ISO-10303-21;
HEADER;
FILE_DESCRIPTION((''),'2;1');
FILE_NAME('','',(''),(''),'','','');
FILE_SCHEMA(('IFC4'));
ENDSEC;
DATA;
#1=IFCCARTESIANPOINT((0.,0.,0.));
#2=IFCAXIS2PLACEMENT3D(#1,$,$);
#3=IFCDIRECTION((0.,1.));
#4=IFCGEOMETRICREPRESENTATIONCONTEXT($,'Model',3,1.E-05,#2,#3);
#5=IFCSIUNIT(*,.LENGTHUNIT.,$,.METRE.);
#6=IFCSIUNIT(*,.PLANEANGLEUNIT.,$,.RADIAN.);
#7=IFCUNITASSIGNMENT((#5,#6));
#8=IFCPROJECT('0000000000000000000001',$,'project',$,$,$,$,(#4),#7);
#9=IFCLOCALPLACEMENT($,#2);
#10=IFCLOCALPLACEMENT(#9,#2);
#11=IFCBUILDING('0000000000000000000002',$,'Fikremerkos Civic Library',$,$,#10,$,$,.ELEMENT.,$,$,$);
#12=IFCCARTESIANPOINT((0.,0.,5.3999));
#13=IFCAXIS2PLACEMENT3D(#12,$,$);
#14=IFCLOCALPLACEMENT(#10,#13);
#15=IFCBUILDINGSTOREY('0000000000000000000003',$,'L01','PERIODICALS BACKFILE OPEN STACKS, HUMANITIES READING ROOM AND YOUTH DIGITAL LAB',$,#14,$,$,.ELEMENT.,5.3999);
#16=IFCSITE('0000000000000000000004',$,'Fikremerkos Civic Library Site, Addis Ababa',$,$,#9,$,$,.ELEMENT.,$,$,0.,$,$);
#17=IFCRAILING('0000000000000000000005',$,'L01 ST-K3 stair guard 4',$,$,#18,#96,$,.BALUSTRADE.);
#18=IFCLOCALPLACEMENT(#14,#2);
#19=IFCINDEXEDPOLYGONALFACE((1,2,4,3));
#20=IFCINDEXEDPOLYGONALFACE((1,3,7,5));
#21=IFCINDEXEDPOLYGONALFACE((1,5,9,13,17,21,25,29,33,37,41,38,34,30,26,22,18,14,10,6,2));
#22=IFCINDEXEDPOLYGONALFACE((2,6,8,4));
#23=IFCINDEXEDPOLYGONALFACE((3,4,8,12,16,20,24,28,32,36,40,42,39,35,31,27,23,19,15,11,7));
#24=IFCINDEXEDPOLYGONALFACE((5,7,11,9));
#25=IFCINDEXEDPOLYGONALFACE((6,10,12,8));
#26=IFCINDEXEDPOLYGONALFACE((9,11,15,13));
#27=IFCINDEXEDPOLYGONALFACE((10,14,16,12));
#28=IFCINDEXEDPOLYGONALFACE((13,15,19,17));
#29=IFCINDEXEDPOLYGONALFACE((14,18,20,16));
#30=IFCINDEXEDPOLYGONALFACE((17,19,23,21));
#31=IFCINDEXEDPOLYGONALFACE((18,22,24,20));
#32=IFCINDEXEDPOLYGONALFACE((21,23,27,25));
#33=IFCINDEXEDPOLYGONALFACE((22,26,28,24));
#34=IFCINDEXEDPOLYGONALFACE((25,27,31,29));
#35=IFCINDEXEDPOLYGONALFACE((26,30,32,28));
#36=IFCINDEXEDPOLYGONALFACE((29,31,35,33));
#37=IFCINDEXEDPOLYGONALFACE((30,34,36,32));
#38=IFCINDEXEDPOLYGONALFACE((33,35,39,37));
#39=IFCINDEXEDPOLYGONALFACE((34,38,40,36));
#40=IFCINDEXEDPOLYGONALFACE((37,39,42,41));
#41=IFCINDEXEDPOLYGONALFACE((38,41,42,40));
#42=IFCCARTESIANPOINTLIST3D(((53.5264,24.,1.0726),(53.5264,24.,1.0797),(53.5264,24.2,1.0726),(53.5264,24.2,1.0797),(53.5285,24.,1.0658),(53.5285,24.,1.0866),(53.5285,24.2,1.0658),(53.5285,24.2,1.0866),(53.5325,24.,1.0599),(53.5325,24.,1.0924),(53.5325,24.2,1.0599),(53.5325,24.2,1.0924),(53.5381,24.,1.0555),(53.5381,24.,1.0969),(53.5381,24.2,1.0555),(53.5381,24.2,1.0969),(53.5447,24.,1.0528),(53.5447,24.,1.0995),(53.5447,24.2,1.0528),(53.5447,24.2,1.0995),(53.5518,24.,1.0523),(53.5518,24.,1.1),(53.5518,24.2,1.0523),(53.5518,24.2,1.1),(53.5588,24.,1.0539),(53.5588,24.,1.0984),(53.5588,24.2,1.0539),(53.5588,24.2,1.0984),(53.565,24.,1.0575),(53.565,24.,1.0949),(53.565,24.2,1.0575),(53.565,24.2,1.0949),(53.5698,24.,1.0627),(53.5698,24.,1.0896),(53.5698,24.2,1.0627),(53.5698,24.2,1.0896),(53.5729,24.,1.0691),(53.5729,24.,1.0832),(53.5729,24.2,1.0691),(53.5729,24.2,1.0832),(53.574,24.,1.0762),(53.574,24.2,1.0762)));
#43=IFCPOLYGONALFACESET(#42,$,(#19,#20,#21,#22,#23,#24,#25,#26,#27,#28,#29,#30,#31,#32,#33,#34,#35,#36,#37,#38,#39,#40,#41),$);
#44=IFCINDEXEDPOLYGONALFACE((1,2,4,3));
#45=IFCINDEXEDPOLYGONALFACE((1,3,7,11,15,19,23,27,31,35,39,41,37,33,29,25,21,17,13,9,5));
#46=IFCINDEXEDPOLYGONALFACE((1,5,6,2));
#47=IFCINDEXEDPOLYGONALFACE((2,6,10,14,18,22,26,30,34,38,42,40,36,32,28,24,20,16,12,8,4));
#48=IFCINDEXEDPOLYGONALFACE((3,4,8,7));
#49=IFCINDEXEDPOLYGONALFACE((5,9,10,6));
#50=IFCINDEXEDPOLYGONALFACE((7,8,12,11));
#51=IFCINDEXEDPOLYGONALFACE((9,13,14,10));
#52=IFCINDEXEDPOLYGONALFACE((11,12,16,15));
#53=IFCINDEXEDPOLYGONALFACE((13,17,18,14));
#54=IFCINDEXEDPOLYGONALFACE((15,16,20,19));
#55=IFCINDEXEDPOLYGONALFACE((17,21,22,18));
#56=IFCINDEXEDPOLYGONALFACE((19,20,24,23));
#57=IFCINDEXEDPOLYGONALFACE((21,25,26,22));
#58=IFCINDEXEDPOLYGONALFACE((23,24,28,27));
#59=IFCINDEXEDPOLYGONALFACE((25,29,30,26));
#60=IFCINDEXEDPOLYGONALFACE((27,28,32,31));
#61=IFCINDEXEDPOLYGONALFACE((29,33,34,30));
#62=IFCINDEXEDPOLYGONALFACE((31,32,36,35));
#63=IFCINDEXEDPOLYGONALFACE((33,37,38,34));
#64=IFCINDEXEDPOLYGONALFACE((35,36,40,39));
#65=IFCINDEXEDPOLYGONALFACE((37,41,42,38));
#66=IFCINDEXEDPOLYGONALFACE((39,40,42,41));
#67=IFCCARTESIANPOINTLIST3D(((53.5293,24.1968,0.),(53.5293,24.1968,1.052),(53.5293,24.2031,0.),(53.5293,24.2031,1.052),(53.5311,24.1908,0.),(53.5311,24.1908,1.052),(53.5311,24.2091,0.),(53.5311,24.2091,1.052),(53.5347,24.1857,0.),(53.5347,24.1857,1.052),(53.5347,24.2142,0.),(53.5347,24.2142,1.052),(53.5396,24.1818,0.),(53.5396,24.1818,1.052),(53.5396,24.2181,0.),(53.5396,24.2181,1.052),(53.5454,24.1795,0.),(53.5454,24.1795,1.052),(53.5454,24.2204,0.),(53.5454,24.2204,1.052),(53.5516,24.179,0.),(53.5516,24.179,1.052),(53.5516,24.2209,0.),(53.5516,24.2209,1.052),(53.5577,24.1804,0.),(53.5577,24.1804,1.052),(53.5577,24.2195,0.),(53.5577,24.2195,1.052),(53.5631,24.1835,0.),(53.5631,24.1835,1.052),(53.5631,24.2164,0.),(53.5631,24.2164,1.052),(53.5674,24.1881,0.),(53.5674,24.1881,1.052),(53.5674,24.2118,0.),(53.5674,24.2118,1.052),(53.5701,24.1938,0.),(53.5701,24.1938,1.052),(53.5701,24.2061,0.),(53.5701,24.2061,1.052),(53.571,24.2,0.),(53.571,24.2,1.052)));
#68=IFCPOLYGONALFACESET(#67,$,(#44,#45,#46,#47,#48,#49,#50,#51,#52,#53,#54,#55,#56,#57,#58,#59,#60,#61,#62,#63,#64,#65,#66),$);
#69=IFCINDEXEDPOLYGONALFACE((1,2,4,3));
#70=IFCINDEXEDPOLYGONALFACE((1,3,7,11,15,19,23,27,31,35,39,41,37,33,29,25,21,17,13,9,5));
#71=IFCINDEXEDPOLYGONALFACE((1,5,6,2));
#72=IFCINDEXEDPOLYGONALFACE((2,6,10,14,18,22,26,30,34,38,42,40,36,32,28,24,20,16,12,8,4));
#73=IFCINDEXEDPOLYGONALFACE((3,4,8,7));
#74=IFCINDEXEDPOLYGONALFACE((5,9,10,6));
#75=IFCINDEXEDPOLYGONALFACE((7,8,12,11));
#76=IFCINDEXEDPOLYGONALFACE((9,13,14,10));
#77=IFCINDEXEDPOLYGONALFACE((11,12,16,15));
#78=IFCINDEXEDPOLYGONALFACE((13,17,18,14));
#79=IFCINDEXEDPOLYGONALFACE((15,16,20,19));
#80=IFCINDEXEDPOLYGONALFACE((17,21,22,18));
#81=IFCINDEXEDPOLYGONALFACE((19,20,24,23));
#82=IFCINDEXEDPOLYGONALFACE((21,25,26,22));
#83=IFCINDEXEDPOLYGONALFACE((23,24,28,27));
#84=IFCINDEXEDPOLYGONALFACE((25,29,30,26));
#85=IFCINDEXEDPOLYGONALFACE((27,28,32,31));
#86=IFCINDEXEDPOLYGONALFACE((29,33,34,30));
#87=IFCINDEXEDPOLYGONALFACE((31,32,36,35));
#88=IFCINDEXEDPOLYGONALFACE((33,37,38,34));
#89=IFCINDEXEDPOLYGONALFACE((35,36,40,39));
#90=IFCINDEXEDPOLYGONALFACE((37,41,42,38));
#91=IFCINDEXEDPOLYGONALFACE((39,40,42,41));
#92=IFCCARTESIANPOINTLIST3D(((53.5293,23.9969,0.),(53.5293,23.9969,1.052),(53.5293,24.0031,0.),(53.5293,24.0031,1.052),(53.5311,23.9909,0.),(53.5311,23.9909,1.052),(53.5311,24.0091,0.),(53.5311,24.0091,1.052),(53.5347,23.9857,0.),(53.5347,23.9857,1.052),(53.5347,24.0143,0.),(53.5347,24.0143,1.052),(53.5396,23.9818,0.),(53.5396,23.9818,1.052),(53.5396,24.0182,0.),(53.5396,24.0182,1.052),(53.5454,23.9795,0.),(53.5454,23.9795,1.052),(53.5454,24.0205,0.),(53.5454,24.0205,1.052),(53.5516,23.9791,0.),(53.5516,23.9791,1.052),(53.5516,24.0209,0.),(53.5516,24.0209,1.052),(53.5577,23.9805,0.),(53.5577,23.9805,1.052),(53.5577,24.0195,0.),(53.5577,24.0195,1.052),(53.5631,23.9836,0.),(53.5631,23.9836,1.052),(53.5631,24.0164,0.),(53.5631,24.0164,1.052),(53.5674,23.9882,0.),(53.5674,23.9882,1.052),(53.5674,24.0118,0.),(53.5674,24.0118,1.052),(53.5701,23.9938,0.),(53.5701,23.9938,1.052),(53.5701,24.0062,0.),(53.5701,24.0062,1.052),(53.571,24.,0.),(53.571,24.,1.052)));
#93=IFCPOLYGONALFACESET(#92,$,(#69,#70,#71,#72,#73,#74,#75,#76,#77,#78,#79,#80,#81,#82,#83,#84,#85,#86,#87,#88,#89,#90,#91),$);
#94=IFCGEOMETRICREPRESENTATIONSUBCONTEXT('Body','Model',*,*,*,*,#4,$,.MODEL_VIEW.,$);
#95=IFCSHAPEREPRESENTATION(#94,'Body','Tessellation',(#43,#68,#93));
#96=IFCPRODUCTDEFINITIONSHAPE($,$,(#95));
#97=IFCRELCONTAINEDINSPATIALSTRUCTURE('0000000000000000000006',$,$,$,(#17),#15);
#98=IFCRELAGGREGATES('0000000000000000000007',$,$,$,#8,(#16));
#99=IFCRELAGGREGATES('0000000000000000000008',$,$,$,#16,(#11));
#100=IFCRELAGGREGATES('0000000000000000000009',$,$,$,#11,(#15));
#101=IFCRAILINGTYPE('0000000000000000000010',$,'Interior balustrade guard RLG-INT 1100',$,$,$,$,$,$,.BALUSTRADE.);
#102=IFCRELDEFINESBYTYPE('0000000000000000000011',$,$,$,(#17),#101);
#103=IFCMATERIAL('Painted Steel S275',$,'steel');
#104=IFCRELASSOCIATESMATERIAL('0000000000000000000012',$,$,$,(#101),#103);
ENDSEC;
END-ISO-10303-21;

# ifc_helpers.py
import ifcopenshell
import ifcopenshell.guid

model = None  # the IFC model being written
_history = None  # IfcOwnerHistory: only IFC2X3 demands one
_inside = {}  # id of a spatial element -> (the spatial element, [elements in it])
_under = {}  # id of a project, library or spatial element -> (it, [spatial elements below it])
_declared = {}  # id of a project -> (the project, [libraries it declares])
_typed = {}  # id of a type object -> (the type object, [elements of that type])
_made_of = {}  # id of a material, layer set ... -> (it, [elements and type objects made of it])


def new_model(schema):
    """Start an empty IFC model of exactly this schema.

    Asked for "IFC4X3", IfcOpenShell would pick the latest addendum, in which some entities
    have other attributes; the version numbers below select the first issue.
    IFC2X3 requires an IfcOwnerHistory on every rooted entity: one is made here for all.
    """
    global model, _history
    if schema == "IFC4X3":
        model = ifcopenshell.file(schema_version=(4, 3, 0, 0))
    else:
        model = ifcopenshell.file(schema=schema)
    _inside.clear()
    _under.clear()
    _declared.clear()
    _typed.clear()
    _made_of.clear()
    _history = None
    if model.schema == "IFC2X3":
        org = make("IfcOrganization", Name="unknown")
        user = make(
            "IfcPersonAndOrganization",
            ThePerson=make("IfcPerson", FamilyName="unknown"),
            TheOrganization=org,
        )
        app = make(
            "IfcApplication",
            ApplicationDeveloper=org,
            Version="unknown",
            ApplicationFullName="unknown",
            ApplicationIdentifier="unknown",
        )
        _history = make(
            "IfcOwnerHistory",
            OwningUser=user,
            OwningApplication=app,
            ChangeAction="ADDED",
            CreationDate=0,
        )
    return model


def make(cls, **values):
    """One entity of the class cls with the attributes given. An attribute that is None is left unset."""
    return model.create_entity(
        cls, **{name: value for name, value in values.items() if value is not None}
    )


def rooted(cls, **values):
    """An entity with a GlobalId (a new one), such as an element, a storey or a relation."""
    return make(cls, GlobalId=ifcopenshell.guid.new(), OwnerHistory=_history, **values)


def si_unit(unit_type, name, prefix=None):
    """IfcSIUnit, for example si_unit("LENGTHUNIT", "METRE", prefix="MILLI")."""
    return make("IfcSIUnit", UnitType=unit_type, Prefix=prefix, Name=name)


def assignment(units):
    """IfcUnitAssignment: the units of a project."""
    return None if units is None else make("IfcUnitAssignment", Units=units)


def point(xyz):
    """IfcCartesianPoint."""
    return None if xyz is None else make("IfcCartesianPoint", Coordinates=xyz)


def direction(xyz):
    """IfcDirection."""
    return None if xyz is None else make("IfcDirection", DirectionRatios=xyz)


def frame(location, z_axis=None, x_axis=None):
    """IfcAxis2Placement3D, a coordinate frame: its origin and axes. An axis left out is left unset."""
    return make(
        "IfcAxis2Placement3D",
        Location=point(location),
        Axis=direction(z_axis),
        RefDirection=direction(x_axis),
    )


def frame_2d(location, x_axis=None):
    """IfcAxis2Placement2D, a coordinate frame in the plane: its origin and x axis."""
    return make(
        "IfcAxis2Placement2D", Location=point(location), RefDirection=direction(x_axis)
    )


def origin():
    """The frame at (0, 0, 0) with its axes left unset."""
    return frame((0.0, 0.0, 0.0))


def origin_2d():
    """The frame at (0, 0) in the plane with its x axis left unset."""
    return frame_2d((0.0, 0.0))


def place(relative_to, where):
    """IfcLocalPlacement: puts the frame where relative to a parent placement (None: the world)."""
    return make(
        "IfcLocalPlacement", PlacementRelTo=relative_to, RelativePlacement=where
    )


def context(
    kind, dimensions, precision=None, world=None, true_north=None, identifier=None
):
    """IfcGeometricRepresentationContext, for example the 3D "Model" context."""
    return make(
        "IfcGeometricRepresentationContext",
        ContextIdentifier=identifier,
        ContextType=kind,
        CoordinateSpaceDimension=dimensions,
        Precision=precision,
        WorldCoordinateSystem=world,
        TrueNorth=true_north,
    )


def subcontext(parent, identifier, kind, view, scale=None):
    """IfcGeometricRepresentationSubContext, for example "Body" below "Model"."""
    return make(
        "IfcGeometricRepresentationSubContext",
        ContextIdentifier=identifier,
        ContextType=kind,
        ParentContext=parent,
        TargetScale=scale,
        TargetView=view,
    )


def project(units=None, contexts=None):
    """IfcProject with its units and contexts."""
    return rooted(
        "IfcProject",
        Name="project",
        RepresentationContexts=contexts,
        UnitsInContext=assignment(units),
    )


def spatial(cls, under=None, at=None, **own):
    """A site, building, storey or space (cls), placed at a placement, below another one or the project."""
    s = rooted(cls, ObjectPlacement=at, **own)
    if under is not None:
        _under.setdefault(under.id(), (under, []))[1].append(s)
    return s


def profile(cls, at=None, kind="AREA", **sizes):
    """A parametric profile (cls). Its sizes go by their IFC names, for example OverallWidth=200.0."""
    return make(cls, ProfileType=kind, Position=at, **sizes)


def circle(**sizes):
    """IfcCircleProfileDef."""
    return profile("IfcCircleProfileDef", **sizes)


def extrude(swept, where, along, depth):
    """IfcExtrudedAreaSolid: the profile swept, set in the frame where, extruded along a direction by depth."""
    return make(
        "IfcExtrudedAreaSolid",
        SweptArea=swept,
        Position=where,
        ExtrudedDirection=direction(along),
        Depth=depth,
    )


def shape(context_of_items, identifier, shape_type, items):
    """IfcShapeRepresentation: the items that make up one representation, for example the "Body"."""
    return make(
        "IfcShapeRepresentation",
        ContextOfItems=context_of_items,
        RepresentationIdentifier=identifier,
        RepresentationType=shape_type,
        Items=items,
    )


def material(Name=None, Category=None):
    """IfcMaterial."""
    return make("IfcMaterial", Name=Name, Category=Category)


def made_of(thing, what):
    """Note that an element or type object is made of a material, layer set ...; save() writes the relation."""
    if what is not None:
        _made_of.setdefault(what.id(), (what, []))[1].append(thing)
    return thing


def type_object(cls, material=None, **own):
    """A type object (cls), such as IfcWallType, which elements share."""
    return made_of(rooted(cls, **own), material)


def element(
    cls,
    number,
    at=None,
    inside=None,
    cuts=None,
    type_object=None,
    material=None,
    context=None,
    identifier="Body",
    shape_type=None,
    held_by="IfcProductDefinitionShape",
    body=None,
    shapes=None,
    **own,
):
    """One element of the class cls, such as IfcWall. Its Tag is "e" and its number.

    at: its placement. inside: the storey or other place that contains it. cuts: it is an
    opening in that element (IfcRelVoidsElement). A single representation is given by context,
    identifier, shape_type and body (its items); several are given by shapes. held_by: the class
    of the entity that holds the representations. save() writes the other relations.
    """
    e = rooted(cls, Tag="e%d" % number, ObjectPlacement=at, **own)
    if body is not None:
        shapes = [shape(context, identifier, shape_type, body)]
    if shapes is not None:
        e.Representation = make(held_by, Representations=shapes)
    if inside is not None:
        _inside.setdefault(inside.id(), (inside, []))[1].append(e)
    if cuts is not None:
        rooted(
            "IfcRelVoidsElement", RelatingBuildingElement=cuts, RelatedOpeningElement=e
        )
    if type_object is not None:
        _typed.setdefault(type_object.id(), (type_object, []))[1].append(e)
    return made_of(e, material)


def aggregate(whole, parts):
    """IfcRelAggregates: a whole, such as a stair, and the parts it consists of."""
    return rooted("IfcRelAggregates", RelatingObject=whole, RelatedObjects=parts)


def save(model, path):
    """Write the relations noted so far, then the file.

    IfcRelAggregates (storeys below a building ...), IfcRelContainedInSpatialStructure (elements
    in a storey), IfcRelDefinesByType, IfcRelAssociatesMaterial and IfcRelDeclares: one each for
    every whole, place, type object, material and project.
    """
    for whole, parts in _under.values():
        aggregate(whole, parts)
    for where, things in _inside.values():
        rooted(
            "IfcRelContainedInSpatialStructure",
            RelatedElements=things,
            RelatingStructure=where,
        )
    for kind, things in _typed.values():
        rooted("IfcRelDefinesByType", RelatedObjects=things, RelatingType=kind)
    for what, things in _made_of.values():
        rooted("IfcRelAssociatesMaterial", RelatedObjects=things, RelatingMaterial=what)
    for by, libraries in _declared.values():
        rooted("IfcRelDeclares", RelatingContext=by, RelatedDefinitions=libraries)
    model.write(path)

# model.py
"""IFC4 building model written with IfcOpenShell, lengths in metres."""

from ifc_helpers import new_model, si_unit, direction, frame, origin, origin_2d, place, context, subcontext, project, spatial, circle, extrude, material, type_object, element, save


model = new_model("IFC4")

# Units and contexts
model_context = context("Model", 3, precision=1e-05, world=origin(), true_north=direction((0.0, 1.0)))
body_context = subcontext(model_context, "Body", "Model", "MODEL_VIEW")
ifc_project = project(units=[si_unit("LENGTHUNIT", "METRE"), si_unit("PLANEANGLEUNIT", "RADIAN")], contexts=[model_context])

# Site, building, storey
site_placement = place(None, origin())
site = spatial("IfcSite", under=ifc_project, at=site_placement, Name="Fikremerkos Civic Library Site, Addis Ababa", CompositionType="ELEMENT", RefElevation=0.0)
building_placement = place(site_placement, origin())
building = spatial("IfcBuilding", under=site, at=building_placement, Name="Fikremerkos Civic Library", CompositionType="ELEMENT")
storey_placement = place(building_placement, frame((0.0, 0.0, 5.3999)))
storey = spatial("IfcBuildingStorey", under=building, at=storey_placement, Name="L01", Description="PERIODICALS BACKFILE OPEN STACKS, HUMANITIES READING ROOM AND YOUTH DIGITAL LAB", CompositionType="ELEMENT", Elevation=5.3999)

# Railing
ifc_material_1 = material(Name="Painted Steel S275", Category="steel")
railing_type_1 = type_object("IfcRailingType", Name="Interior balustrade guard RLG-INT 1100", PredefinedType="BALUSTRADE", material=ifc_material_1)
railing_1_placement = place(storey_placement, frame((53.55, 24.2, 0.0)))
element("IfcRailing", 1, at=railing_1_placement, inside=storey, type_object=railing_type_1, Name="L01 ST-K3 stair guard 4", PredefinedType="BALUSTRADE", context=body_context, shape_type="SweptSolid", body=[
    extrude(circle(Radius=0.0239, at=origin_2d()), frame((0.0, 0.0, 1.0762), z_axis=(0.0, -1.0, 0.0), x_axis=(1.0, 0.0, 0.0)), (0.0, 0.0, 1.0), 0.2),
    extrude(circle(Radius=0.021, at=origin_2d()), origin(), (0.0, 0.0, 1.0), 1.052),
    extrude(circle(Radius=0.021, at=origin_2d()), frame((0.0, -0.2, 0.0)), (0.0, 0.0, 1.0), 1.052),
])

save(model, "model.ifc")
